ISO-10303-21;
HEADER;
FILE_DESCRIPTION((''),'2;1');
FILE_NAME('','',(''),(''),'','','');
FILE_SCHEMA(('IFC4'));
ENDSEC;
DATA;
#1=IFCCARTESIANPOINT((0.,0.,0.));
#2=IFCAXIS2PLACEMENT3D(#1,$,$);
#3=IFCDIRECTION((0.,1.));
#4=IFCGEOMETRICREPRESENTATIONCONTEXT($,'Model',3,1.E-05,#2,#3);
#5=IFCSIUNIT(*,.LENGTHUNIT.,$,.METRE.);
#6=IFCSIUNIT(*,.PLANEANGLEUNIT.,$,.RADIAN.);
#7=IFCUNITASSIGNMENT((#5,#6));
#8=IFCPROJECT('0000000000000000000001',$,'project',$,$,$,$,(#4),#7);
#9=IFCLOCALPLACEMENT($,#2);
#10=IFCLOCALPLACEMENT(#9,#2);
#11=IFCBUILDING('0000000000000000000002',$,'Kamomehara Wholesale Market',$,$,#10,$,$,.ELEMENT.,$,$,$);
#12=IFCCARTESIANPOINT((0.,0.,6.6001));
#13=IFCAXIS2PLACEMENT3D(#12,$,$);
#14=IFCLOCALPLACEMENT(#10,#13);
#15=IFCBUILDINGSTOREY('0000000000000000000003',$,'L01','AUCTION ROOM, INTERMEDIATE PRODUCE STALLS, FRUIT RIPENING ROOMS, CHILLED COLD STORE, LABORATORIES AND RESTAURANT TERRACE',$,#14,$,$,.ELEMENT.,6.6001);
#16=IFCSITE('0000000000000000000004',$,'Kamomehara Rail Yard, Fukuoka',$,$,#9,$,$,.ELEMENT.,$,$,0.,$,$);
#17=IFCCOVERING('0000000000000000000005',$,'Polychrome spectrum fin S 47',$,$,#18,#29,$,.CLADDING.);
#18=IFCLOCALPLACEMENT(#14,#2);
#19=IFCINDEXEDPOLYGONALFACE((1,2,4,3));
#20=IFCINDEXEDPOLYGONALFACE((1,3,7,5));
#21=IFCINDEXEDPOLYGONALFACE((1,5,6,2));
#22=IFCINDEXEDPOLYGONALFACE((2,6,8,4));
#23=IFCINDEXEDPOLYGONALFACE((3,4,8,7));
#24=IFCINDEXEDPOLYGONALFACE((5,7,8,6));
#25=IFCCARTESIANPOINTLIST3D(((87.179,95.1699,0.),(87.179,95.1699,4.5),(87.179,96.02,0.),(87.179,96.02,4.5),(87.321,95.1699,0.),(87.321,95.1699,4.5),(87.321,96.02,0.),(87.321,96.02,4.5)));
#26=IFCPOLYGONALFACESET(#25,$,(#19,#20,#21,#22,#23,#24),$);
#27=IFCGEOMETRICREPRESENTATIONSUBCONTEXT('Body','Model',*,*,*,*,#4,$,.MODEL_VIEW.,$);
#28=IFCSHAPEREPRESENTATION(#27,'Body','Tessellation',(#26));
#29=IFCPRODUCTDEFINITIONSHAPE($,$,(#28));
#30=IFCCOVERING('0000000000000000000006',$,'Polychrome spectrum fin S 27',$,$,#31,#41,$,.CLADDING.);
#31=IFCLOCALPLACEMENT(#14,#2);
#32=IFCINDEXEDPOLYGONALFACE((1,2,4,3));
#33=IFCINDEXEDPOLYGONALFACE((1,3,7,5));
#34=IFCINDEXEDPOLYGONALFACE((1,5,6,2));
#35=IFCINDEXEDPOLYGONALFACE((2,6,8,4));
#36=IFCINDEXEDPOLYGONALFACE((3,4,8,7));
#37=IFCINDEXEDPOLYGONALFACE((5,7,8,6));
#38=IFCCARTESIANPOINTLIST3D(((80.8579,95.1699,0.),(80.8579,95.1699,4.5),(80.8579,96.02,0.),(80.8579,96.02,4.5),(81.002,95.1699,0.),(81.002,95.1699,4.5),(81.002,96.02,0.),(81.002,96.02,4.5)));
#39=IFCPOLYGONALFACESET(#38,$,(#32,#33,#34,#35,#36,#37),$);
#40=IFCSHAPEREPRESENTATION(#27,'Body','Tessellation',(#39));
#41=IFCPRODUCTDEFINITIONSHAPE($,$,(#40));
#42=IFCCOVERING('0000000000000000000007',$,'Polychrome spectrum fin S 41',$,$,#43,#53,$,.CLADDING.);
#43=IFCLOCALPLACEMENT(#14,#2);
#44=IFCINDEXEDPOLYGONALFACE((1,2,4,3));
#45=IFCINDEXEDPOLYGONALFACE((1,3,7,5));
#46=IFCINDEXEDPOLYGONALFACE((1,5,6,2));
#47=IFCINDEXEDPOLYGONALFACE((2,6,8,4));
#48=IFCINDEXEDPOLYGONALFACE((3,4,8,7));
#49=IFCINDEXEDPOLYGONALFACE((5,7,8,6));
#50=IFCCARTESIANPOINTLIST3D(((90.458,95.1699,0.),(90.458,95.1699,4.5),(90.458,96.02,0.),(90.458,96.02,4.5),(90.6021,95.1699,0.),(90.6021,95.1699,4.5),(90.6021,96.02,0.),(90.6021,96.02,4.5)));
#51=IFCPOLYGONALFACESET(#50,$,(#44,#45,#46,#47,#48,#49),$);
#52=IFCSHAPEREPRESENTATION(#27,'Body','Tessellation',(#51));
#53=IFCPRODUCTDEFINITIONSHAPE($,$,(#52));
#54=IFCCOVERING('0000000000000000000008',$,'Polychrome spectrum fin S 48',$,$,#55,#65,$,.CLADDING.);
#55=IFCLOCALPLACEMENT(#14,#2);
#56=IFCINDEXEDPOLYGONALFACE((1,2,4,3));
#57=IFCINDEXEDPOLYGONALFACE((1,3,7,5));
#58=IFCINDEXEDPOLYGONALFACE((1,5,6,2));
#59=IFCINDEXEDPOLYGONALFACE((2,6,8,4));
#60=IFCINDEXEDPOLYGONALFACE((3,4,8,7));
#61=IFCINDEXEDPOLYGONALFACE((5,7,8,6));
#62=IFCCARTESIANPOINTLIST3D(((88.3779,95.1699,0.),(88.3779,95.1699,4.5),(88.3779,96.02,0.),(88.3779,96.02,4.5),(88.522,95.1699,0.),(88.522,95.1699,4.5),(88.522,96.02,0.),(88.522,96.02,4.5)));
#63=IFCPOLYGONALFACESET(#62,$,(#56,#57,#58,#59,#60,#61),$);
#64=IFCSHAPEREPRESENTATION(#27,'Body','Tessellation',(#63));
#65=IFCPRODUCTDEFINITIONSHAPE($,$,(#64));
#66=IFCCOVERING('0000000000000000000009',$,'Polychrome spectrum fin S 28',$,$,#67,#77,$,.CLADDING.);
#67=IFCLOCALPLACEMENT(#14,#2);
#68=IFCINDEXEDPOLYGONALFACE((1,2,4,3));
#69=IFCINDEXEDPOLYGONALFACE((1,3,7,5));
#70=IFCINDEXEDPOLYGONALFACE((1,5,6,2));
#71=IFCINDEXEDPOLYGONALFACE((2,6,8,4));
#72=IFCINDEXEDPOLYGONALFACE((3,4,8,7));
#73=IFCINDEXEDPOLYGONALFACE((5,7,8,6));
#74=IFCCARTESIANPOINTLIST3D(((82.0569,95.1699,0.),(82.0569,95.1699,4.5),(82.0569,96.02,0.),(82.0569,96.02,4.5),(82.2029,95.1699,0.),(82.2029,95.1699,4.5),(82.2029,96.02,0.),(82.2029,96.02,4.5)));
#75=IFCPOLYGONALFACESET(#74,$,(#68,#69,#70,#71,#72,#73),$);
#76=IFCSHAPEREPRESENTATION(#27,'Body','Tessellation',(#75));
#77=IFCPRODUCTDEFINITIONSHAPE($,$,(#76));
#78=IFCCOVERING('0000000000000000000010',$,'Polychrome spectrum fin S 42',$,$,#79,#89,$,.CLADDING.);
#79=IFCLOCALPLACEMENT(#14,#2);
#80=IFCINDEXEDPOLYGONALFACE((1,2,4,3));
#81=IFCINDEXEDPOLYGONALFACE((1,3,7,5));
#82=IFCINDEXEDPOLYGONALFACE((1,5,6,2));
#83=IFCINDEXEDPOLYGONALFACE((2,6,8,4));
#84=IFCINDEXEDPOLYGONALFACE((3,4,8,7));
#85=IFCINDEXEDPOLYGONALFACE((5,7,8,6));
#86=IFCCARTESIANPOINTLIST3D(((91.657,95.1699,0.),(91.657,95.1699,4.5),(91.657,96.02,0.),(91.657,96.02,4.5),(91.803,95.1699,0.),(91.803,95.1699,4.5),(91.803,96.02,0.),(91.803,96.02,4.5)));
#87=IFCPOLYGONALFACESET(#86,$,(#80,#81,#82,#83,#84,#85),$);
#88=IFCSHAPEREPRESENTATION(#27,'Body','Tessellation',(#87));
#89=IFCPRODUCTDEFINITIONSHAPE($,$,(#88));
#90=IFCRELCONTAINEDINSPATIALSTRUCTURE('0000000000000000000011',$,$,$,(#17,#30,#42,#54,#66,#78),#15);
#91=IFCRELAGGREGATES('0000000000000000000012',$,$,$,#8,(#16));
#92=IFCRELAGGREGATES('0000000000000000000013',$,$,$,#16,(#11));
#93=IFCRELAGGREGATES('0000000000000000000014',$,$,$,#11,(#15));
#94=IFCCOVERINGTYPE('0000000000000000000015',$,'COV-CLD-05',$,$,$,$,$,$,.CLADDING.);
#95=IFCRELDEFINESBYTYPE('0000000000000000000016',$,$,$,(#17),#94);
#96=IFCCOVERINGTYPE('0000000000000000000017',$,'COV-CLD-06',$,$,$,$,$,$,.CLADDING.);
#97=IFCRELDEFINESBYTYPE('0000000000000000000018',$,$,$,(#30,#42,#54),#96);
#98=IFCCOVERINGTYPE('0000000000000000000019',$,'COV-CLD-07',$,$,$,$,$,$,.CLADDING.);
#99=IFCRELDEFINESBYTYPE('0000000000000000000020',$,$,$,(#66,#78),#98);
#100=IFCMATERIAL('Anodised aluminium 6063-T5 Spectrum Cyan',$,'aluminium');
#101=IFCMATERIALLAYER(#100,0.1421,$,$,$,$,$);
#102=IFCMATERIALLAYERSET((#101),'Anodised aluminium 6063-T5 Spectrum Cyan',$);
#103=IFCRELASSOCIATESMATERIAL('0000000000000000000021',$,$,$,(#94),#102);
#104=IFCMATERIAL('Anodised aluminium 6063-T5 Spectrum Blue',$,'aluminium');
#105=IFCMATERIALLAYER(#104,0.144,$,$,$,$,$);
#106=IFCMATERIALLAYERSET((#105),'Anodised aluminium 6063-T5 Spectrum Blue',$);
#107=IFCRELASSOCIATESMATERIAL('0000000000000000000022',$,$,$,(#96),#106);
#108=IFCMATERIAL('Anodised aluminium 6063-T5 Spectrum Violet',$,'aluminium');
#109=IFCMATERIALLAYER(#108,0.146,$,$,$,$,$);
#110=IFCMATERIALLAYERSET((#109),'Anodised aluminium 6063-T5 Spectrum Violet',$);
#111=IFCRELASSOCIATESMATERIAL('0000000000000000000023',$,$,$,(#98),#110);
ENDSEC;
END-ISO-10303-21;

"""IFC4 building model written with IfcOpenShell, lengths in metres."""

from ifc_helpers import new_model, si_unit, direction, frame, origin, origin_2d, place, context, subcontext, project, spatial, rectangle, extrude, material, layer, layer_set, type_object, element, save


model = new_model("IFC4")

# Units and contexts
model_context = context("Model", 3, precision=1e-05, world=origin(), true_north=direction((0.0, 1.0)))
body_context = subcontext(model_context, "Body", "Model", "MODEL_VIEW")
ifc_project = project(units=[si_unit("LENGTHUNIT", "METRE"), si_unit("PLANEANGLEUNIT", "RADIAN")], contexts=[model_context])

# Site, building, storey
site_placement = place(None, origin())
site = spatial("IfcSite", under=ifc_project, at=site_placement, Name="Kamomehara Rail Yard, Fukuoka", CompositionType="ELEMENT", RefElevation=0.0)
building_placement = place(site_placement, origin())
building = spatial("IfcBuilding", under=site, at=building_placement, Name="Kamomehara Wholesale Market", CompositionType="ELEMENT")
storey_placement = place(building_placement, frame((0.0, 0.0, 6.6001)))
storey = spatial("IfcBuildingStorey", under=building, at=storey_placement, Name="L01", Description="AUCTION ROOM, INTERMEDIATE PRODUCE STALLS, FRUIT RIPENING ROOMS, CHILLED COLD STORE, LABORATORIES AND RESTAURANT TERRACE", CompositionType="ELEMENT", Elevation=6.6001)

# Coverings
ifc_material_1 = material(Name="Anodised aluminium 6063-T5 Spectrum Cyan", Category="aluminium")
ifc_layer_1 = layer(ifc_material_1, 0.1421)
ifc_layer_set_1 = layer_set([ifc_layer_1], Name="Anodised aluminium 6063-T5 Spectrum Cyan")
covering_type_1 = type_object("IfcCoveringType", Name="COV-CLD-05", PredefinedType="CLADDING", material=ifc_layer_set_1)
for number, where, z_axis, x_axis, name in (
    (1, (87.25, 95.595, 0.0), (0.0, 0.0, 1.0), (1.0, 0.0, 0.0), "Polychrome spectrum fin S 47"),
):
    element("IfcCovering", number, at=place(storey_placement, frame(where, z_axis=z_axis, x_axis=x_axis)), inside=storey, type_object=covering_type_1, Name=name, PredefinedType="CLADDING", context=body_context, shape_type="SweptSolid", body=[
        extrude(rectangle(XDim=0.1421, YDim=0.8501, at=origin_2d()), origin(), (0.0, 0.0, 1.0), 4.5),
    ])
ifc_material_2 = material(Name="Anodised aluminium 6063-T5 Spectrum Blue", Category="aluminium")
ifc_layer_2 = layer(ifc_material_2, 0.144)
ifc_layer_set_2 = layer_set([ifc_layer_2], Name="Anodised aluminium 6063-T5 Spectrum Blue")
covering_type_2 = type_object("IfcCoveringType", Name="COV-CLD-06", PredefinedType="CLADDING", material=ifc_layer_set_2)
for number, where, z_axis, x_axis, name in (
    (2, (80.9299, 95.595, 0.0), (0.0, 0.0, 1.0), (1.0, 0.0, 0.0), "Polychrome spectrum fin S 27"),
    (3, (90.53, 95.595, 0.0), (0.0, 0.0, 1.0), (1.0, 0.0, 0.0), "Polychrome spectrum fin S 41"),
    (4, (88.45, 95.595, 0.0), (0.0, 0.0, 1.0), (1.0, 0.0, 0.0), "Polychrome spectrum fin S 48"),
):
    element("IfcCovering", number, at=place(storey_placement, frame(where, z_axis=z_axis, x_axis=x_axis)), inside=storey, type_object=covering_type_2, Name=name, PredefinedType="CLADDING", context=body_context, shape_type="SweptSolid", body=[
        extrude(rectangle(XDim=0.144, YDim=0.8501, at=origin_2d()), origin(), (0.0, 0.0, 1.0), 4.5),
    ])
ifc_material_3 = material(Name="Anodised aluminium 6063-T5 Spectrum Violet", Category="aluminium")
ifc_layer_3 = layer(ifc_material_3, 0.146)
ifc_layer_set_3 = layer_set([ifc_layer_3], Name="Anodised aluminium 6063-T5 Spectrum Violet")
covering_type_3 = type_object("IfcCoveringType", Name="COV-CLD-07", PredefinedType="CLADDING", material=ifc_layer_set_3)
for number, where, z_axis, x_axis, name in (
    (5, (82.1299, 95.595, 0.0), (0.0, 0.0, 1.0), (1.0, 0.0, 0.0), "Polychrome spectrum fin S 28"),
    (6, (91.73, 95.595, 0.0), (0.0, 0.0, 1.0), (1.0, 0.0, 0.0), "Polychrome spectrum fin S 42"),
):
    element("IfcCovering", number, at=place(storey_placement, frame(where, z_axis=z_axis, x_axis=x_axis)), inside=storey, type_object=covering_type_3, Name=name, PredefinedType="CLADDING", context=body_context, shape_type="SweptSolid", body=[
        extrude(rectangle(XDim=0.146, YDim=0.8501, at=origin_2d()), origin(), (0.0, 0.0, 1.0), 4.5),
    ])

save(model, "model.ifc")
